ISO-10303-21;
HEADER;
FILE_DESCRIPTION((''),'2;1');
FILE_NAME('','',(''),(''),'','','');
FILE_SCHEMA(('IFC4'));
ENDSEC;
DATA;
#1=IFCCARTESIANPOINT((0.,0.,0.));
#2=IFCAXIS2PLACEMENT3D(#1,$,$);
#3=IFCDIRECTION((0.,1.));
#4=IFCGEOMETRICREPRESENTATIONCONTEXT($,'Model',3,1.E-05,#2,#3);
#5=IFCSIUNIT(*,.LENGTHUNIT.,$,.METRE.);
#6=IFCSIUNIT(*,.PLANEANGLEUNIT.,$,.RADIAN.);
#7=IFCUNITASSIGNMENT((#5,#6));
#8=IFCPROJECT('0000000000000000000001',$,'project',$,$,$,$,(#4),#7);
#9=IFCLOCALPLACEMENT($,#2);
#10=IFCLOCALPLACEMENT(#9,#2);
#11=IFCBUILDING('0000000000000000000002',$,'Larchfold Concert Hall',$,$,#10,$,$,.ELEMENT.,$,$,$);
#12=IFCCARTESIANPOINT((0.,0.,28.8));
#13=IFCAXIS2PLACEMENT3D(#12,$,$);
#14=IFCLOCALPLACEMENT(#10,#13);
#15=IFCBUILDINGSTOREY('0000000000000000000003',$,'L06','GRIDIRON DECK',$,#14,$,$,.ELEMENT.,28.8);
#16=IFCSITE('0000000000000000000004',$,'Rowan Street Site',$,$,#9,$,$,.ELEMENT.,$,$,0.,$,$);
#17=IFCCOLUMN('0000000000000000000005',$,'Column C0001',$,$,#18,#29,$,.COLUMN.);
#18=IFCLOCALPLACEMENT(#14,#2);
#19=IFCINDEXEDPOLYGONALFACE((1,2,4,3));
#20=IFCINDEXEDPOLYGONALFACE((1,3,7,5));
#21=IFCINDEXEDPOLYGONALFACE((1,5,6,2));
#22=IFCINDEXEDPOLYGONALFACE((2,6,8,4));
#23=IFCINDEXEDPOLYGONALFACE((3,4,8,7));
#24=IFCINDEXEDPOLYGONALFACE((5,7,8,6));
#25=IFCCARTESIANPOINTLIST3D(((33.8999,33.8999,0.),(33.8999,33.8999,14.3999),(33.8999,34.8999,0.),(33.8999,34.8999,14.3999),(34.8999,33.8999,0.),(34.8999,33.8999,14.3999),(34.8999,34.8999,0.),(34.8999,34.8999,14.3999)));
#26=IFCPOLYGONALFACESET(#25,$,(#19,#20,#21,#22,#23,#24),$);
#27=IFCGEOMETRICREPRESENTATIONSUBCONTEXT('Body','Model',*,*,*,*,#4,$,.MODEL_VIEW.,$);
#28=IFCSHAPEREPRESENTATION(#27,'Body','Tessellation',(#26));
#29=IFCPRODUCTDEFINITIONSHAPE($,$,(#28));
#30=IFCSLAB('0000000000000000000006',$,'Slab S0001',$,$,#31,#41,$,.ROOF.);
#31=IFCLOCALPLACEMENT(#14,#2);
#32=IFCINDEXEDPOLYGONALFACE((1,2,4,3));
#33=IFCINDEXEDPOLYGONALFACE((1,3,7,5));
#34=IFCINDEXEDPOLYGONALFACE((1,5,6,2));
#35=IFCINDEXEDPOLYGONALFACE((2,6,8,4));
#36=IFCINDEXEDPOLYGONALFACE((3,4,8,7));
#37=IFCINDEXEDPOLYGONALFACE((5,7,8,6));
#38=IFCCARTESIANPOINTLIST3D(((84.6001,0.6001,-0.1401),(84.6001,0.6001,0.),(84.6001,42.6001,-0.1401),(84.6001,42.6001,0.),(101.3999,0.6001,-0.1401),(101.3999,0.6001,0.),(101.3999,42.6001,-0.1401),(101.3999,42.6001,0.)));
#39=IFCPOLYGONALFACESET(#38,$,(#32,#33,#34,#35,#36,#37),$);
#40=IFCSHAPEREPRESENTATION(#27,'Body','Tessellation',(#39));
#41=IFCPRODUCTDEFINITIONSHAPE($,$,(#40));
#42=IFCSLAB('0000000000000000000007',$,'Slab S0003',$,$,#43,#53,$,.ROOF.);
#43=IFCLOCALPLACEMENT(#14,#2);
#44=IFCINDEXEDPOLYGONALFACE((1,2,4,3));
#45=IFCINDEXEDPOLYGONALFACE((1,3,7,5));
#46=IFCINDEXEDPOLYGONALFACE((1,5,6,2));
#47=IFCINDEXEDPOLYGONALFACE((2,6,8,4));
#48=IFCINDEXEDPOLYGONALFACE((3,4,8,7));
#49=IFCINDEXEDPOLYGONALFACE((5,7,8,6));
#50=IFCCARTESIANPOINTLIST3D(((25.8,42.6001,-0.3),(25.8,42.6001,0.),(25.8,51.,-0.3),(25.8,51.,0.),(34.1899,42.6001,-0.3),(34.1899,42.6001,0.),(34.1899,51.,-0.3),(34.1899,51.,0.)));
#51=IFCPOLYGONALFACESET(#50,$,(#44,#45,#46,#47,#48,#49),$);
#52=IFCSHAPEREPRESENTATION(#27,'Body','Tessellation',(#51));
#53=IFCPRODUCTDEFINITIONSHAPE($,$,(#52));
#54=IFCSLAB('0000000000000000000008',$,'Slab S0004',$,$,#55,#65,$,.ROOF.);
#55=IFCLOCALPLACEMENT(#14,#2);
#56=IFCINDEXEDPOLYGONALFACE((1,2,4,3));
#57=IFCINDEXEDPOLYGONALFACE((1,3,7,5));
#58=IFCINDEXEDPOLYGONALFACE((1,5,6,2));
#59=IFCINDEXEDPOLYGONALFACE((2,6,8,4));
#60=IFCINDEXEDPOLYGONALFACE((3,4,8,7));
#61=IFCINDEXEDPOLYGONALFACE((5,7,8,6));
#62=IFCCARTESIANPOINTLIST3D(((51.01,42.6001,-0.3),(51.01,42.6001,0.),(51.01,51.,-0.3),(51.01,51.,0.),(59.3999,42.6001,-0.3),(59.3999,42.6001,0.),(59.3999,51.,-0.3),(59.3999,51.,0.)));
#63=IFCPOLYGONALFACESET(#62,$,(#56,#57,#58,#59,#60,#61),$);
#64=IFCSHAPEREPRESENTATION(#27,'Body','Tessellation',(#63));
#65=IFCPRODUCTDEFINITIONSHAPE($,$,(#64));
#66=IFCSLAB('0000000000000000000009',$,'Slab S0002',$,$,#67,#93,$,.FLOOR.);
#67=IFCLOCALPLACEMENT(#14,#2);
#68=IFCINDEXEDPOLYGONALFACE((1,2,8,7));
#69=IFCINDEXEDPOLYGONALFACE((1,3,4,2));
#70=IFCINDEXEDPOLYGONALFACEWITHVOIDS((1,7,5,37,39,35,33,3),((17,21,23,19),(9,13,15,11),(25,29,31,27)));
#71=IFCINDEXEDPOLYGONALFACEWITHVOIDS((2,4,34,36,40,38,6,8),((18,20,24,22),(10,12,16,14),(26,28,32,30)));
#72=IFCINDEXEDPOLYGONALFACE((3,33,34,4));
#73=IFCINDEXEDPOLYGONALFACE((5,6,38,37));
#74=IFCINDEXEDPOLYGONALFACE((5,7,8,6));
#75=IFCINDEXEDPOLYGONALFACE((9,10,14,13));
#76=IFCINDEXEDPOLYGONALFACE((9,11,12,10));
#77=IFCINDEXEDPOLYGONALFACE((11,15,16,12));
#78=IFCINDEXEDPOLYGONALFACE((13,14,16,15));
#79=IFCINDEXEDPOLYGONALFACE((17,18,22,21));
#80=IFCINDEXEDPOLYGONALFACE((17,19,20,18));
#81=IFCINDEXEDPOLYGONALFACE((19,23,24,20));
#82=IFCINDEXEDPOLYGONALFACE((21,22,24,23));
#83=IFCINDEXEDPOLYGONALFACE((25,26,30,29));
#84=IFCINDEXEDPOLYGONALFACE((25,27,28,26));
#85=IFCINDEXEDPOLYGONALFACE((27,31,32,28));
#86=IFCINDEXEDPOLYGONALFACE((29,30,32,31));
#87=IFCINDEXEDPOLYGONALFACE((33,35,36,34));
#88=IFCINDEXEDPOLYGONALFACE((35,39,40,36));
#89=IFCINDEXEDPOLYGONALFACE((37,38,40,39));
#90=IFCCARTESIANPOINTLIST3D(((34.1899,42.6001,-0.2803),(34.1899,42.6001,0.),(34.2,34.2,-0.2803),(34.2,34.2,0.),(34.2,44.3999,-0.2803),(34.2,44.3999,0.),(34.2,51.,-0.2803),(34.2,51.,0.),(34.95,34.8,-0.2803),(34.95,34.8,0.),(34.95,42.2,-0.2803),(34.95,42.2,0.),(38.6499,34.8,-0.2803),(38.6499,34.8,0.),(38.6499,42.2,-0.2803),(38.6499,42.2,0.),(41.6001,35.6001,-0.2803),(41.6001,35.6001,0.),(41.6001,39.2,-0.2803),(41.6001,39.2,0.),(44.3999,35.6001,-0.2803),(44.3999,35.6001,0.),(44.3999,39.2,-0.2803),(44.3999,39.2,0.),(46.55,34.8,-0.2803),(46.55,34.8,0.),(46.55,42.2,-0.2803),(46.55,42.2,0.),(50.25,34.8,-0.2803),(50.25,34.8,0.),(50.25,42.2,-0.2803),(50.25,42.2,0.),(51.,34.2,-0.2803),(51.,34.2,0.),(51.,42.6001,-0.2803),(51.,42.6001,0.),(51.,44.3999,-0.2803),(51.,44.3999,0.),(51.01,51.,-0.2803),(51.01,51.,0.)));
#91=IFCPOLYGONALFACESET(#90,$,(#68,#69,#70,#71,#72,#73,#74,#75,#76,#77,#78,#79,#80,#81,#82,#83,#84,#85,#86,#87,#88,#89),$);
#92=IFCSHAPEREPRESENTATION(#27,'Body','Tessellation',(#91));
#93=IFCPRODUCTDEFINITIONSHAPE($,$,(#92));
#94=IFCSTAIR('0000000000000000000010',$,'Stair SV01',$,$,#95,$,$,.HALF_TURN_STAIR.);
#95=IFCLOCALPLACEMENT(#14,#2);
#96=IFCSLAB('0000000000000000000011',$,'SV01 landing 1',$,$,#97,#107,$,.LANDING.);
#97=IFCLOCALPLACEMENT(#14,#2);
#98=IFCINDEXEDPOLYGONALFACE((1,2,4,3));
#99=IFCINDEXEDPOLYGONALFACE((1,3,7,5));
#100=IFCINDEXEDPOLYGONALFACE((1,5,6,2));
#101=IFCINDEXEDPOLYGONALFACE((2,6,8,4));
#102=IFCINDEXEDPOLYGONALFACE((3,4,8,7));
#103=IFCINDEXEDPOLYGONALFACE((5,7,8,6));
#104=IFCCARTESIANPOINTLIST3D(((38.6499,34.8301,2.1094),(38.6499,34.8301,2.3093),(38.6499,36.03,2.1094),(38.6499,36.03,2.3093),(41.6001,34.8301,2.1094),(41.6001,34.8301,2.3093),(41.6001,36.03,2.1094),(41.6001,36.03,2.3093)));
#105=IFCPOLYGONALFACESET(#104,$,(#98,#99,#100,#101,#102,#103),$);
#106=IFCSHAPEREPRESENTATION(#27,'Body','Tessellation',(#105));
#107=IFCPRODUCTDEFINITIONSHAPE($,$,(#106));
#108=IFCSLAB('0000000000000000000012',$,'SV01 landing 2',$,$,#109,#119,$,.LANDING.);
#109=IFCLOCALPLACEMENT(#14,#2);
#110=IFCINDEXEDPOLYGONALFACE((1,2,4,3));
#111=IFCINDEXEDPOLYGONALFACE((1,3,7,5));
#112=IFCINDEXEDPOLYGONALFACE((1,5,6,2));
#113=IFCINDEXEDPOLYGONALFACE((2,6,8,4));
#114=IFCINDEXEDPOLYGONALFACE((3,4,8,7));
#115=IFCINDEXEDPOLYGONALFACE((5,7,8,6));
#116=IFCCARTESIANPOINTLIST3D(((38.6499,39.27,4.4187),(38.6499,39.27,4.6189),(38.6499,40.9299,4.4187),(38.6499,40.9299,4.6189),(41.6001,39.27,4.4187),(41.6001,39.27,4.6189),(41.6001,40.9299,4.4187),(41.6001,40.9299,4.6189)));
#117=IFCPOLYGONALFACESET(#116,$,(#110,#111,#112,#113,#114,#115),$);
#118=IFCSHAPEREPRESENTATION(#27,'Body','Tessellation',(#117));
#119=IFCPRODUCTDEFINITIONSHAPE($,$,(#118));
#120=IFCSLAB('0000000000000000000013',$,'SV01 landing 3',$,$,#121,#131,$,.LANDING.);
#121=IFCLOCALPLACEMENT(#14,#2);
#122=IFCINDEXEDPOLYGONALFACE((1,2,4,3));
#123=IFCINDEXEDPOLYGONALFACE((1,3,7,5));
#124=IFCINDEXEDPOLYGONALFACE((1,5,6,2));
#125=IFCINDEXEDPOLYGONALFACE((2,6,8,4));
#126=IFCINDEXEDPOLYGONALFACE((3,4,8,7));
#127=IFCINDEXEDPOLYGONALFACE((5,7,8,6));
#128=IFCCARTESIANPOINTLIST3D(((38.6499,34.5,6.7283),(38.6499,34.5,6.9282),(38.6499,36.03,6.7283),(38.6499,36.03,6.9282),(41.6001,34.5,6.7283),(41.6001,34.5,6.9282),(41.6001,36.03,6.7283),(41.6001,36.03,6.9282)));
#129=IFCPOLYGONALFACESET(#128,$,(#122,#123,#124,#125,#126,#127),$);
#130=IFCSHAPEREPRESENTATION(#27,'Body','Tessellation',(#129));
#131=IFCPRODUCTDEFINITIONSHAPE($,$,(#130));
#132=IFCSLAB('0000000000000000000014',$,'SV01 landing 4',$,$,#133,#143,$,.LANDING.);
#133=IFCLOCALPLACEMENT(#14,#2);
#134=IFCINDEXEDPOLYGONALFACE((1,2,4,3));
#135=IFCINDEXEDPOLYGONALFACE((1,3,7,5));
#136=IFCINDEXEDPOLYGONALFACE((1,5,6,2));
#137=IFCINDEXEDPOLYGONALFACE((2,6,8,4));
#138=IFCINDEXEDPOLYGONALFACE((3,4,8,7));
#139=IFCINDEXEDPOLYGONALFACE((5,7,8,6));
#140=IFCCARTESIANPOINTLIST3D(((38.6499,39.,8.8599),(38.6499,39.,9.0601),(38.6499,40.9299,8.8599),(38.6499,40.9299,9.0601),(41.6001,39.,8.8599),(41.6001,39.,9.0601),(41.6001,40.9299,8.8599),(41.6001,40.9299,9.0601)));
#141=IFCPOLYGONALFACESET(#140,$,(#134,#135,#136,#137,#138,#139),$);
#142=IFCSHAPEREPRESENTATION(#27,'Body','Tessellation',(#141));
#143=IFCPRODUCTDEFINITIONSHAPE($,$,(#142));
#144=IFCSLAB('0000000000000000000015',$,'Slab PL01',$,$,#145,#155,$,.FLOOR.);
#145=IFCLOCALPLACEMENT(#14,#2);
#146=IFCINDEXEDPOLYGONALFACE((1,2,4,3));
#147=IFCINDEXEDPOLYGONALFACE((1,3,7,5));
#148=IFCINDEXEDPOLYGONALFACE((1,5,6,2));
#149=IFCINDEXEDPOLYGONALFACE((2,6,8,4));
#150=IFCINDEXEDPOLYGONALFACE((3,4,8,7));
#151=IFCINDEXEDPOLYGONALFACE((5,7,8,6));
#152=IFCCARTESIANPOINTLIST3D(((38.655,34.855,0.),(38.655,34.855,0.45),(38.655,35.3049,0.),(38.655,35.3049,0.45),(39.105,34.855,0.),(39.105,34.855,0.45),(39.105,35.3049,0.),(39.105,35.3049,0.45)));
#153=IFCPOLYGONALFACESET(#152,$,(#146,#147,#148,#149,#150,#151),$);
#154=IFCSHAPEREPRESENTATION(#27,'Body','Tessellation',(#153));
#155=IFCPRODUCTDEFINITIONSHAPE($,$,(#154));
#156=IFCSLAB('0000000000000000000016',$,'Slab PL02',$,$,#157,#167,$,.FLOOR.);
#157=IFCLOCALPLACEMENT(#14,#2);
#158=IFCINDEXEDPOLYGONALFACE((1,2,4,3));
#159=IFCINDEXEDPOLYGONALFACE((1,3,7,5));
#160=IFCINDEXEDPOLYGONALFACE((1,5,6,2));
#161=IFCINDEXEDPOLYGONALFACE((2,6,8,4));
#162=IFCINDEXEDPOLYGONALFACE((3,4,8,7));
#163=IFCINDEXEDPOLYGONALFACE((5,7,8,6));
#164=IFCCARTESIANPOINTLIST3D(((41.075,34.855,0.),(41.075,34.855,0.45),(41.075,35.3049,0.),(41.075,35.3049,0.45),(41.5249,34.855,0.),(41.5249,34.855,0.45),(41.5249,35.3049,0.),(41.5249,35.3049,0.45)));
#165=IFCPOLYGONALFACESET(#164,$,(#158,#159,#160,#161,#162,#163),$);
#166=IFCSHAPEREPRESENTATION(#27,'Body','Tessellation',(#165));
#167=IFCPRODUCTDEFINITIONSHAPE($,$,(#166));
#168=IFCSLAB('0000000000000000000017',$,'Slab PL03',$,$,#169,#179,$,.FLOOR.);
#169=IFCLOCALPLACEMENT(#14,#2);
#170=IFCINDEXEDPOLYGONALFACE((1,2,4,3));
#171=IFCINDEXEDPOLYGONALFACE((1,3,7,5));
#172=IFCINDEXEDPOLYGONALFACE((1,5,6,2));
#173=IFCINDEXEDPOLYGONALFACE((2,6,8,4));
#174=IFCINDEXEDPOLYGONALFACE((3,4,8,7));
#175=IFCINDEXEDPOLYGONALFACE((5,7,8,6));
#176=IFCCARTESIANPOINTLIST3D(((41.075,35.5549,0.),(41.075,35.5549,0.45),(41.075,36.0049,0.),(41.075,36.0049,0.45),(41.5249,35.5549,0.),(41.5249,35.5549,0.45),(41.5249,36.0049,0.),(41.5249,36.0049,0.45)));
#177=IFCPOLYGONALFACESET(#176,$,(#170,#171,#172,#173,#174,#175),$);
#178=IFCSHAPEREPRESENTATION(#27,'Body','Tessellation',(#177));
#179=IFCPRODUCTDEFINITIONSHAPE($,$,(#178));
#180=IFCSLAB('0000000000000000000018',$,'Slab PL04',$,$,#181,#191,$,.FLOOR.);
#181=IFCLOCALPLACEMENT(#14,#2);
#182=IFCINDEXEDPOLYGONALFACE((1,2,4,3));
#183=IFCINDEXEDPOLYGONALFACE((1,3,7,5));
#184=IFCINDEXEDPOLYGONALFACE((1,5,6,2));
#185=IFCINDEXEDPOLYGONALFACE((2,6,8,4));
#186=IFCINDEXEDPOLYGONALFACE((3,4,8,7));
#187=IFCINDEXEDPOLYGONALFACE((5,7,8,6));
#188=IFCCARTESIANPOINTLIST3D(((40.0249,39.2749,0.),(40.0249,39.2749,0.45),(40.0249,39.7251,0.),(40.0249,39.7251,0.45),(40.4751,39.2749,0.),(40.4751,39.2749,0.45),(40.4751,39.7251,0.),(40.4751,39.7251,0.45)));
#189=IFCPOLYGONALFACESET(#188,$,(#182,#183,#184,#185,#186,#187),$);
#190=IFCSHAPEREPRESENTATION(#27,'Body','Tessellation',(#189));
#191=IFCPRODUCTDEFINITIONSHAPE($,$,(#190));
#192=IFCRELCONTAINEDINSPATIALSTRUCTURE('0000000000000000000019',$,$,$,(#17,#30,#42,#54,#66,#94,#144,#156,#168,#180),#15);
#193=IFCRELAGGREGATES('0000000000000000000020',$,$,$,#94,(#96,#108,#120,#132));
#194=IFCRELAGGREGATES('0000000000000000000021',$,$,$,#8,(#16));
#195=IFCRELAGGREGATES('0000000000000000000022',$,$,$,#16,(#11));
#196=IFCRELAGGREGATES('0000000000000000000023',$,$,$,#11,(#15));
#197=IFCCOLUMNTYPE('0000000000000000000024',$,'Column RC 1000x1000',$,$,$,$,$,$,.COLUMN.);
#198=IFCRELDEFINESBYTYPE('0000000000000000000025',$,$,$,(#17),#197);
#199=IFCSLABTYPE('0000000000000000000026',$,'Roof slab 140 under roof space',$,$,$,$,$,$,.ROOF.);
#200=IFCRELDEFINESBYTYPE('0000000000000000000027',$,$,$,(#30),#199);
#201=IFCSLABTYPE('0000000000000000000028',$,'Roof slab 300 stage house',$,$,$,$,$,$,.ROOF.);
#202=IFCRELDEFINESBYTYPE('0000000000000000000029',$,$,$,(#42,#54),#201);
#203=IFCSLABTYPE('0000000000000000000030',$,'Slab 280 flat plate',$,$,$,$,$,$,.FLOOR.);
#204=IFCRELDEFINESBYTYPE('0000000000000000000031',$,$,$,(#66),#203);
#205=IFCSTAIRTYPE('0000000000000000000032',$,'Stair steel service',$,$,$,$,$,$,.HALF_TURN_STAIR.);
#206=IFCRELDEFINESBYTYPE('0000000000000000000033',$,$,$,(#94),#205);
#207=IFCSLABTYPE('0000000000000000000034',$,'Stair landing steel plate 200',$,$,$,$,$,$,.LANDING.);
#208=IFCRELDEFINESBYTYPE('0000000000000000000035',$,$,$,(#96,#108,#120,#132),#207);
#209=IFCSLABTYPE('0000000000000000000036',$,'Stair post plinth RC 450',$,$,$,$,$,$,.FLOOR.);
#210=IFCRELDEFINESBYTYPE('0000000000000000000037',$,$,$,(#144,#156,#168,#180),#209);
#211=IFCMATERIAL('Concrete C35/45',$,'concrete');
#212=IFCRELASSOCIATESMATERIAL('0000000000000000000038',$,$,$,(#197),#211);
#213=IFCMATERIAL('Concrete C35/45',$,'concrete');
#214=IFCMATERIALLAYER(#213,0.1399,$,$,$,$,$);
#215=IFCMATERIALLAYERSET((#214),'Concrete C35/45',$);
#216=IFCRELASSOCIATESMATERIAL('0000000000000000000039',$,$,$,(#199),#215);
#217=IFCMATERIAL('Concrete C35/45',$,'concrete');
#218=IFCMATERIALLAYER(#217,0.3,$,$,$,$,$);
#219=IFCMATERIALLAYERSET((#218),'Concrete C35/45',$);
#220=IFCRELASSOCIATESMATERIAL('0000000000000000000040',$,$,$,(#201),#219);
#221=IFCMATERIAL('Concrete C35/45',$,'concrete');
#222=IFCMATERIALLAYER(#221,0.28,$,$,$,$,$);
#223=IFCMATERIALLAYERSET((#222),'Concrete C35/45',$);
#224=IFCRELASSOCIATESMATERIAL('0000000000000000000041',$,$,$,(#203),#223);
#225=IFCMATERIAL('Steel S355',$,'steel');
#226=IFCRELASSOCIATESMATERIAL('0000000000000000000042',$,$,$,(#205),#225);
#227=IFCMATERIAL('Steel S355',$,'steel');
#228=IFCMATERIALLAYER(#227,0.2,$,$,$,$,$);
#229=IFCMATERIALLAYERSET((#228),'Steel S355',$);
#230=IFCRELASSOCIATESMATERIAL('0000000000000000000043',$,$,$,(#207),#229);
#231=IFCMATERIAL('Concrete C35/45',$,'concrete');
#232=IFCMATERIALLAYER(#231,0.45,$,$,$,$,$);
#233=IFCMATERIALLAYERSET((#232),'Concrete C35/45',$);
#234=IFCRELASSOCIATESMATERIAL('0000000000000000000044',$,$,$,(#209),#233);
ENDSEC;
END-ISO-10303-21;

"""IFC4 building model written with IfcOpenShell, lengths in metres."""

from ifc_helpers import new_model, si_unit, direction, frame, origin, origin_2d, place, context, subcontext, project, spatial, polyline, rectangle, outline, extrude, material, layer, layer_set, material_profile, profile_set, type_object, element, aggregate, save


model = new_model("IFC4")

# Units and contexts
model_context = context("Model", 3, precision=1e-05, world=origin(), true_north=direction((0.0, 1.0)))
body_context = subcontext(model_context, "Body", "Model", "MODEL_VIEW")
ifc_project = project(units=[si_unit("LENGTHUNIT", "METRE"), si_unit("PLANEANGLEUNIT", "RADIAN")], contexts=[model_context])

# Site, building, storey
site_placement = place(None, origin())
site = spatial("IfcSite", under=ifc_project, at=site_placement, Name="Rowan Street Site", CompositionType="ELEMENT", RefElevation=0.0)
building_placement = place(site_placement, origin())
building = spatial("IfcBuilding", under=site, at=building_placement, Name="Larchfold Concert Hall", CompositionType="ELEMENT")
storey_placement = place(building_placement, frame((0.0, 0.0, 28.8)))
storey = spatial("IfcBuildingStorey", under=building, at=storey_placement, Name="L06", Description="GRIDIRON DECK", CompositionType="ELEMENT", Elevation=28.8)

# Column
ifc_material_1 = material(Name="Concrete C35/45", Category="concrete")
ifc_material_profile = material_profile(ifc_material_1, rectangle(XDim=1.0, YDim=1.0, at=origin_2d()))
ifc_profile_set = profile_set([ifc_material_profile], Name="Concrete C35/45")
column_type = type_object("IfcColumnType", Name="Column RC 1000x1000", PredefinedType="COLUMN", material=ifc_profile_set)
column_placement = place(storey_placement, frame((34.3999, 34.3999, 0.0), z_axis=(0.0, 0.0, 1.0), x_axis=(1.0, 0.0, 0.0)))
element("IfcColumn", 1, at=column_placement, inside=storey, type_object=column_type, Name="Column C0001", PredefinedType="COLUMN", context=body_context, shape_type="SweptSolid", body=[
    extrude(rectangle(XDim=1.0, YDim=1.0, at=origin_2d()), origin(), (0.0, 0.0, 1.0), 14.3999),
])

# Slabs
ifc_material_2 = material(Name="Concrete C35/45", Category="concrete")
ifc_layer_1 = layer(ifc_material_2, 0.1399)
ifc_layer_set_1 = layer_set([ifc_layer_1], Name="Concrete C35/45")
slab_type_1 = type_object("IfcSlabType", Name="Roof slab 140 under roof space", PredefinedType="ROOF", material=ifc_layer_set_1)
slab_1_placement = place(storey_placement, frame((0.0, 0.0, -0.1401)))
element("IfcSlab", 2, at=slab_1_placement, inside=storey, type_object=slab_type_1, Name="Slab S0001", PredefinedType="ROOF", context=body_context, shape_type="SweptSolid", body=[
    extrude(outline(polyline([(101.3999, 0.6001), (101.3999, 42.6001), (84.6001, 42.6001), (84.6001, 0.6001), (101.3999, 0.6001)])), origin(), (0.0, 0.0, 1.0), 0.1401),
])
ifc_material_3 = material(Name="Concrete C35/45", Category="concrete")
ifc_layer_2 = layer(ifc_material_3, 0.3)
ifc_layer_set_2 = layer_set([ifc_layer_2], Name="Concrete C35/45")
slab_type_2 = type_object("IfcSlabType", Name="Roof slab 300 stage house", PredefinedType="ROOF", material=ifc_layer_set_2)
slab_2_placement = place(storey_placement, frame((0.0, 0.0, -0.3)))
element("IfcSlab", 3, at=slab_2_placement, inside=storey, type_object=slab_type_2, Name="Slab S0003", PredefinedType="ROOF", context=body_context, shape_type="SweptSolid", body=[
    extrude(outline(polyline([(25.8, 42.6001), (34.1899, 42.6001), (34.1899, 51.0), (25.8, 51.0), (25.8, 42.6001)])), origin(), (0.0, 0.0, 1.0), 0.3),
])
slab_3_placement = place(storey_placement, frame((0.0, 0.0, -0.3)))
element("IfcSlab", 4, at=slab_3_placement, inside=storey, type_object=slab_type_2, Name="Slab S0004", PredefinedType="ROOF", context=body_context, shape_type="SweptSolid", body=[
    extrude(outline(polyline([(59.3999, 42.6001), (59.3999, 51.0), (51.01, 51.0), (51.01, 42.6001), (59.3999, 42.6001)])), origin(), (0.0, 0.0, 1.0), 0.3),
])
ifc_material_4 = material(Name="Concrete C35/45", Category="concrete")
ifc_layer_3 = layer(ifc_material_4, 0.28)
ifc_layer_set_3 = layer_set([ifc_layer_3], Name="Concrete C35/45")
slab_type_3 = type_object("IfcSlabType", Name="Slab 280 flat plate", PredefinedType="FLOOR", material=ifc_layer_set_3)
slab_4_placement = place(storey_placement, frame((0.0, 0.0, -0.2803)))
element("IfcSlab", 5, at=slab_4_placement, inside=storey, type_object=slab_type_3, Name="Slab S0002", PredefinedType="FLOOR", context=body_context, shape_type="SweptSolid", body=[
    extrude(outline(polyline([(51.0, 42.6001), (51.01, 51.0), (51.0, 44.3999), (34.2, 44.3999), (34.2, 59.3999), (34.2, 51.0), (34.1899, 42.6001), (34.2, 34.2), (51.0, 34.2), (51.0, 42.6001)]), holes=[polyline([(44.3999, 35.6001), (41.6001, 35.6001), (41.6001, 39.2), (44.3999, 39.2), (44.3999, 35.6001)]), polyline([(38.6499, 34.8), (34.95, 34.8), (34.95, 42.2), (38.6499, 42.2), (38.6499, 34.8)]), polyline([(50.25, 34.8), (46.55, 34.8), (46.55, 42.2), (50.25, 42.2), (50.25, 34.8)])]), origin(), (0.0, 0.0, 1.0), 0.2803),
])

# Stair, slabs
ifc_material_5 = material(Name="Steel S355", Category="steel")
stair_type = type_object("IfcStairType", Name="Stair steel service", PredefinedType="HALF_TURN_STAIR", material=ifc_material_5)
stair_placement = place(storey_placement, origin())
stair = element("IfcStair", 6, at=stair_placement, inside=storey, type_object=stair_type, Name="Stair SV01", PredefinedType="HALF_TURN_STAIR")
ifc_material_6 = material(Name="Steel S355", Category="steel")
ifc_layer_4 = layer(ifc_material_6, 0.2)
ifc_layer_set_4 = layer_set([ifc_layer_4], Name="Steel S355")
slab_type_4 = type_object("IfcSlabType", Name="Stair landing steel plate 200", PredefinedType="LANDING", material=ifc_layer_set_4)
slab_5_placement = place(storey_placement, frame((0.0, 0.0, 2.1094)))
slab_5 = element("IfcSlab", 7, at=slab_5_placement, type_object=slab_type_4, Name="SV01 landing 1", PredefinedType="LANDING", context=body_context, shape_type="SweptSolid", body=[
    extrude(outline(polyline([(38.6499, 34.8301), (41.6001, 34.8301), (41.6001, 36.03), (38.6499, 36.03), (38.6499, 34.8301)])), origin(), (0.0, 0.0, 1.0), 0.2),
])
slab_6_placement = place(storey_placement, frame((0.0, 0.0, 4.4187)))
slab_6 = element("IfcSlab", 8, at=slab_6_placement, type_object=slab_type_4, Name="SV01 landing 2", PredefinedType="LANDING", context=body_context, shape_type="SweptSolid", body=[
    extrude(outline(polyline([(38.6499, 39.27), (41.6001, 39.27), (41.6001, 40.9299), (38.6499, 40.9299), (38.6499, 39.27)])), origin(), (0.0, 0.0, 1.0), 0.2002),
])
slab_7_placement = place(storey_placement, frame((0.0, 0.0, 6.7283)))
slab_7 = element("IfcSlab", 9, at=slab_7_placement, type_object=slab_type_4, Name="SV01 landing 3", PredefinedType="LANDING", context=body_context, shape_type="SweptSolid", body=[
    extrude(outline(polyline([(38.6499, 34.5), (41.6001, 34.5), (41.6001, 36.03), (38.6499, 36.03), (38.6499, 34.5)])), origin(), (0.0, 0.0, 1.0), 0.2),
])
slab_8_placement = place(storey_placement, frame((0.0, 0.0, 8.8599)))
slab_8 = element("IfcSlab", 10, at=slab_8_placement, type_object=slab_type_4, Name="SV01 landing 4", PredefinedType="LANDING", context=body_context, shape_type="SweptSolid", body=[
    extrude(outline(polyline([(38.6499, 39.0), (41.6001, 39.0), (41.6001, 40.9299), (38.6499, 40.9299), (38.6499, 39.0)])), origin(), (0.0, 0.0, 1.0), 0.2002),
])
aggregate(stair, [slab_5, slab_6, slab_7, slab_8])

# Slabs
ifc_material_7 = material(Name="Concrete C35/45", Category="concrete")
ifc_layer_5 = layer(ifc_material_7, 0.45)
ifc_layer_set_5 = layer_set([ifc_layer_5], Name="Concrete C35/45")
slab_type_5 = type_object("IfcSlabType", Name="Stair post plinth RC 450", PredefinedType="FLOOR", material=ifc_layer_set_5)
slab_9_placement = place(storey_placement, origin())
element("IfcSlab", 11, at=slab_9_placement, inside=storey, type_object=slab_type_5, Name="Slab PL01", PredefinedType="FLOOR", context=body_context, shape_type="SweptSolid", body=[
    extrude(outline(polyline([(39.105, 34.855), (39.105, 35.3049), (38.655, 35.3049), (38.655, 34.855), (39.105, 34.855)])), origin(), (0.0, 0.0, 1.0), 0.45),
])
slab_10_placement = place(storey_placement, origin())
element("IfcSlab", 12, at=slab_10_placement, inside=storey, type_object=slab_type_5, Name="Slab PL02", PredefinedType="FLOOR", context=body_context, shape_type="SweptSolid", body=[
    extrude(outline(polyline([(41.5249, 34.855), (41.5249, 35.3049), (41.075, 35.3049), (41.075, 34.855), (41.5249, 34.855)])), origin(), (0.0, 0.0, 1.0), 0.45),
])
slab_11_placement = place(storey_placement, origin())
element("IfcSlab", 13, at=slab_11_placement, inside=storey, type_object=slab_type_5, Name="Slab PL03", PredefinedType="FLOOR", context=body_context, shape_type="SweptSolid", body=[
    extrude(outline(polyline([(41.5249, 35.5549), (41.5249, 36.0049), (41.075, 36.0049), (41.075, 35.5549), (41.5249, 35.5549)])), origin(), (0.0, 0.0, 1.0), 0.45),
])
slab_12_placement = place(storey_placement, origin())
element("IfcSlab", 14, at=slab_12_placement, inside=storey, type_object=slab_type_5, Name="Slab PL04", PredefinedType="FLOOR", context=body_context, shape_type="SweptSolid", body=[
    extrude(outline(polyline([(40.4751, 39.2749), (40.4751, 39.7251), (40.0249, 39.7251), (40.0249, 39.2749), (40.4751, 39.2749)])), origin(), (0.0, 0.0, 1.0), 0.45),
])

save(model, "model.ifc")
